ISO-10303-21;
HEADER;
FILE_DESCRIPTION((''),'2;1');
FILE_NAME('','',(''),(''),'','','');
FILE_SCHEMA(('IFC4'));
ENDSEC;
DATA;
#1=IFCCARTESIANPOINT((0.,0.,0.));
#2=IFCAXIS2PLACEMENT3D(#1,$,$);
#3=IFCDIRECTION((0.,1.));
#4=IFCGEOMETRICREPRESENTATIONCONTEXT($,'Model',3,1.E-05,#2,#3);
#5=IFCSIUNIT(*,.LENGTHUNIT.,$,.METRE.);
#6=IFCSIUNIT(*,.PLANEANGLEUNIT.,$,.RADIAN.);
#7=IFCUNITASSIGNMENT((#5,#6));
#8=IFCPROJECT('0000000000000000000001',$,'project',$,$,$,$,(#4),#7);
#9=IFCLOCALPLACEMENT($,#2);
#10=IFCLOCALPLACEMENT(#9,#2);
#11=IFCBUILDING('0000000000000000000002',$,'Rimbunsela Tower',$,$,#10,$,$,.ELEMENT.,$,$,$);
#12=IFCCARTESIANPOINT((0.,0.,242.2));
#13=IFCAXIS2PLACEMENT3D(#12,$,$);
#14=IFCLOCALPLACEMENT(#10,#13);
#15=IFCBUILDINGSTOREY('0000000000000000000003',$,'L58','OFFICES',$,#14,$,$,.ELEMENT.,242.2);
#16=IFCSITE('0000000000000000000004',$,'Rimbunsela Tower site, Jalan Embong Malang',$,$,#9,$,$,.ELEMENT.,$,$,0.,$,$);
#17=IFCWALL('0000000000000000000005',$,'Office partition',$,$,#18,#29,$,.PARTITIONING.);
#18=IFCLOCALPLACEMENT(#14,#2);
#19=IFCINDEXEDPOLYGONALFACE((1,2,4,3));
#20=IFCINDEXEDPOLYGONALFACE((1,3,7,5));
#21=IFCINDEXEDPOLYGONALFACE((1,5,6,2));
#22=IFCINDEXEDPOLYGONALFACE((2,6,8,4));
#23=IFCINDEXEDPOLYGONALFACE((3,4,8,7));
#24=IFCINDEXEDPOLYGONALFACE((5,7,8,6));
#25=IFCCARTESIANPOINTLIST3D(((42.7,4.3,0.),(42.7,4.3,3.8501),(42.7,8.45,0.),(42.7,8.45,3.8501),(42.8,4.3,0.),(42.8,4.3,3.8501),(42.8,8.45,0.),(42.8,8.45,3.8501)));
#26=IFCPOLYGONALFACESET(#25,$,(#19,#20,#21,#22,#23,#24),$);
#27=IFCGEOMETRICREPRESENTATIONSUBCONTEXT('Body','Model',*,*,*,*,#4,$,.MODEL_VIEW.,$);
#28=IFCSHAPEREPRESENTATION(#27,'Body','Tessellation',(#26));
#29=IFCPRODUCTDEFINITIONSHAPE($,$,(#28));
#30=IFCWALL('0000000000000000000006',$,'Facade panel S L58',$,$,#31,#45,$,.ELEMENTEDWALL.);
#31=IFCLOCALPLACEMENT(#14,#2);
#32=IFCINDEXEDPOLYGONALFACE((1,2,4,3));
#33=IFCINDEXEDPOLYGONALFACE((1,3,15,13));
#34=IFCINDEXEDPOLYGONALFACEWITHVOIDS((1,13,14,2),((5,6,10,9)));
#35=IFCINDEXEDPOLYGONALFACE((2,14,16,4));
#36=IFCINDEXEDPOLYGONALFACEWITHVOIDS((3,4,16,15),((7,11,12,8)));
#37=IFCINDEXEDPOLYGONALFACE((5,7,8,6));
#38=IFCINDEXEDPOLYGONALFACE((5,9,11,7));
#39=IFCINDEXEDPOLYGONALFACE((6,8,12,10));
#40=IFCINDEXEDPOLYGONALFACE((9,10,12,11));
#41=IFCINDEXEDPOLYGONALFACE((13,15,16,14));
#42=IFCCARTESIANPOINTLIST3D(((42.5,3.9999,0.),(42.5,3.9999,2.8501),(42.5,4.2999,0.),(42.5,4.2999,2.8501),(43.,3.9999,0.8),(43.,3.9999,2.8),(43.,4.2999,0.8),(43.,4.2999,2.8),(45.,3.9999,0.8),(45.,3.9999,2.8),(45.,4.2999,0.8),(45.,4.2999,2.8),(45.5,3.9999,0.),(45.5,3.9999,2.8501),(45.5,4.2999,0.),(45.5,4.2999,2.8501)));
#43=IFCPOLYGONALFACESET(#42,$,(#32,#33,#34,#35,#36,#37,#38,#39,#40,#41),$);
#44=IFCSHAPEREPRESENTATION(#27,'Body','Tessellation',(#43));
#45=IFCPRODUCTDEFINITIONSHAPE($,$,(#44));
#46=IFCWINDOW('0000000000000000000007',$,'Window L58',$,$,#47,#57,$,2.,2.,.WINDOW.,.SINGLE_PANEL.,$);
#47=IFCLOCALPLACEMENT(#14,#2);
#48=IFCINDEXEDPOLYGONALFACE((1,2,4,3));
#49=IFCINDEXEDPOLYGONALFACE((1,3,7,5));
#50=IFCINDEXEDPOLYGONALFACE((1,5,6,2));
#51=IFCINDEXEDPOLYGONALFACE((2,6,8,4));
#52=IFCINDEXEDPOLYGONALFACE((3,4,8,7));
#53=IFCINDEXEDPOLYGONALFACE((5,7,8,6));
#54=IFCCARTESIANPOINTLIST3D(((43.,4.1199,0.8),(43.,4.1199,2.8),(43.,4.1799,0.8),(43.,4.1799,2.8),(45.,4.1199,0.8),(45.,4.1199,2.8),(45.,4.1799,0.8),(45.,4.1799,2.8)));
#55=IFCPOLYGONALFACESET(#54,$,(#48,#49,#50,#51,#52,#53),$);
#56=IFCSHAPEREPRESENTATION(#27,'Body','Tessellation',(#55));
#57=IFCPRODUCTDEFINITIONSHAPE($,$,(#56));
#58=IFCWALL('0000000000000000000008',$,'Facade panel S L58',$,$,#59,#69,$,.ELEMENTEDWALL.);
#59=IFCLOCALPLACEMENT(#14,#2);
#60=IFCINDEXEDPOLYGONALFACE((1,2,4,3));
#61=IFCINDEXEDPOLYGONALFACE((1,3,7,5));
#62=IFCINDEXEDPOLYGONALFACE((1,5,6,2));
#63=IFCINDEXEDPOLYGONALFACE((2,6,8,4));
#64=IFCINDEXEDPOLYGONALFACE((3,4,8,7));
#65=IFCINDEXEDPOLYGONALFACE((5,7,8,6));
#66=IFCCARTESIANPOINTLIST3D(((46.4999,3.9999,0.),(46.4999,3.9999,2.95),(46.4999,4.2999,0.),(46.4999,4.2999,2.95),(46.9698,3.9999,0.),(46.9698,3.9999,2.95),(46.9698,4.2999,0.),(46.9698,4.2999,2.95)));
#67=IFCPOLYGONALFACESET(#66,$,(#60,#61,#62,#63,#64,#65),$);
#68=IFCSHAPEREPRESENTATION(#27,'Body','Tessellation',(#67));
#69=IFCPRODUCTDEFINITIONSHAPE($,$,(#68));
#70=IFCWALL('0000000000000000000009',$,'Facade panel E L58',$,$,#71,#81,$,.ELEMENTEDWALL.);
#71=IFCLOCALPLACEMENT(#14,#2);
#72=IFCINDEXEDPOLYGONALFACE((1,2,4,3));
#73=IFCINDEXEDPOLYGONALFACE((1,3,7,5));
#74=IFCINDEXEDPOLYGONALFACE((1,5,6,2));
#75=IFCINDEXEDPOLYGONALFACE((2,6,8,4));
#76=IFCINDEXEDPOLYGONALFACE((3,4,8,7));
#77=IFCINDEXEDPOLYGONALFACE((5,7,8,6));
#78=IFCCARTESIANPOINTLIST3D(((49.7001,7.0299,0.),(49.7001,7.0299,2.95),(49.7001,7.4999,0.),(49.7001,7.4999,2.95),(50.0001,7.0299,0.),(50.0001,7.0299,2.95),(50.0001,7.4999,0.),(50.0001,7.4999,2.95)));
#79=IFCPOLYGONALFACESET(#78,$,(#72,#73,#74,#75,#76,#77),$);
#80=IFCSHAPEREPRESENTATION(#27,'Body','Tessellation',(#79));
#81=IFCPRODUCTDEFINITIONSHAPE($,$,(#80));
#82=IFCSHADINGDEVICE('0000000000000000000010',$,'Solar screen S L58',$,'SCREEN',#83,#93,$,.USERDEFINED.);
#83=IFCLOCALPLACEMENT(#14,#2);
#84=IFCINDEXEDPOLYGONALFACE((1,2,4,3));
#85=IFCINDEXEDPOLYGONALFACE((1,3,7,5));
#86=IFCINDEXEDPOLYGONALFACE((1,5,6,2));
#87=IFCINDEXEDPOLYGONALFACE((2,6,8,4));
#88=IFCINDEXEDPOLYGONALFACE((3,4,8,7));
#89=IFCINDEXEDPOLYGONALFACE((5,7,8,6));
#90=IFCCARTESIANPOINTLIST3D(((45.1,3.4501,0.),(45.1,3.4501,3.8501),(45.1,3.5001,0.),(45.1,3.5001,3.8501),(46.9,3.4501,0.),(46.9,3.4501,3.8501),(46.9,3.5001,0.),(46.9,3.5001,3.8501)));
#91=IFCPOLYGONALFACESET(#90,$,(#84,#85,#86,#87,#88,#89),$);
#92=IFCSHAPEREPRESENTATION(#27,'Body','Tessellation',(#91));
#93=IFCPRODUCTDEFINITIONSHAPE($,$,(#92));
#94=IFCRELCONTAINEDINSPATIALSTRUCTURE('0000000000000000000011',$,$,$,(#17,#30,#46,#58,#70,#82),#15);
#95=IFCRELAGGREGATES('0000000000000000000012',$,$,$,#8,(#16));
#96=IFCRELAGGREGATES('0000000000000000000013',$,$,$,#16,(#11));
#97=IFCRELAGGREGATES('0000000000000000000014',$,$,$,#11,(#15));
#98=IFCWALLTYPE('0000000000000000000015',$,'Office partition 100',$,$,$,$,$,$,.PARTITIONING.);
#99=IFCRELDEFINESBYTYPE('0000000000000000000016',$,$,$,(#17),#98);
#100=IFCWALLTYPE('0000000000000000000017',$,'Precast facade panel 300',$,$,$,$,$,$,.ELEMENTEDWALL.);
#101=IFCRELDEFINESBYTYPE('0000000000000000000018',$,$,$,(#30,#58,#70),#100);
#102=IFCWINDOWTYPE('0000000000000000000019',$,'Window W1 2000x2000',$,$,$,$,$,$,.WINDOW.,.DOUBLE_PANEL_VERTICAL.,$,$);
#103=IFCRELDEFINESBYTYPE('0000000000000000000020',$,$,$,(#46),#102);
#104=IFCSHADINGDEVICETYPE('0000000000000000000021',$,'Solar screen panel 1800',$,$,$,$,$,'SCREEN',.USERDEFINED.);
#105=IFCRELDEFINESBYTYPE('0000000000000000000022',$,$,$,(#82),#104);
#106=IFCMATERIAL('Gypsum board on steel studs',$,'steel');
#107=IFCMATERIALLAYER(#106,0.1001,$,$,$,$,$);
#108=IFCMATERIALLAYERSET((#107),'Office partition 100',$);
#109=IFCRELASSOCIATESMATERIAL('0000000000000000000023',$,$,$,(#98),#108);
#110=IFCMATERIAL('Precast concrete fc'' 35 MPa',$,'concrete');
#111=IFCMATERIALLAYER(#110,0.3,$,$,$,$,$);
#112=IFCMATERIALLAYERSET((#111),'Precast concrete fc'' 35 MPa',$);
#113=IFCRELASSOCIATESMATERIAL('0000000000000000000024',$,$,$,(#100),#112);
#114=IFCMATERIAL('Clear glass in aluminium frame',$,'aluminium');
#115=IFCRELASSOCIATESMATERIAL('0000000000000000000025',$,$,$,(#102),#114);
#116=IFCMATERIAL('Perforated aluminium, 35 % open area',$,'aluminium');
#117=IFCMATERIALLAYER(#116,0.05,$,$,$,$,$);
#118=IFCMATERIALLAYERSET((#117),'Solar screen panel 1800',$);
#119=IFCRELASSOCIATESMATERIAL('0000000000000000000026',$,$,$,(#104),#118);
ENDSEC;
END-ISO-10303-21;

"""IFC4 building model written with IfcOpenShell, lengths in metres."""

from ifc_helpers import new_model, si_unit, direction, frame, frame_2d, origin, origin_2d, place, context, subcontext, project, spatial, rectangle, extrude, material, layer, layer_set, type_object, element, fill, save


model = new_model("IFC4")

# Units and contexts
model_context = context("Model", 3, precision=1e-05, world=origin(), true_north=direction((0.0, 1.0)))
body_context = subcontext(model_context, "Body", "Model", "MODEL_VIEW")
ifc_project = project(units=[si_unit("LENGTHUNIT", "METRE"), si_unit("PLANEANGLEUNIT", "RADIAN")], contexts=[model_context])

# Site, building, storey
site_placement = place(None, origin())
site = spatial("IfcSite", under=ifc_project, at=site_placement, Name="Rimbunsela Tower site, Jalan Embong Malang", CompositionType="ELEMENT", RefElevation=0.0)
building_placement = place(site_placement, origin())
building = spatial("IfcBuilding", under=site, at=building_placement, Name="Rimbunsela Tower", CompositionType="ELEMENT")
storey_placement = place(building_placement, frame((0.0, 0.0, 242.2)))
storey = spatial("IfcBuildingStorey", under=building, at=storey_placement, Name="L58", Description="OFFICES", CompositionType="ELEMENT", Elevation=242.2)

# Wall
ifc_material_1 = material(Name="Gypsum board on steel studs", Category="steel")
ifc_layer_1 = layer(ifc_material_1, 0.1001)
ifc_layer_set_1 = layer_set([ifc_layer_1], Name="Office partition 100")
wall_type_1 = type_object("IfcWallType", Name="Office partition 100", PredefinedType="PARTITIONING", material=ifc_layer_set_1)
wall_1_placement = place(storey_placement, frame((42.75, 4.3, 0.0), z_axis=(0.0, 0.0, 1.0), x_axis=(0.0, 1.0, 0.0)))
element("IfcWall", 1, at=wall_1_placement, inside=storey, type_object=wall_type_1, Name="Office partition", PredefinedType="PARTITIONING", context=body_context, shape_type="SweptSolid", body=[
    extrude(rectangle(XDim=4.1499, YDim=0.1001, at=frame_2d((2.075, 0.0))), origin(), (0.0, 0.0, 1.0), 3.8501),
])

# Wall, opening, window
ifc_material_2 = material(Name="Precast concrete fc' 35 MPa", Category="concrete")
ifc_layer_2 = layer(ifc_material_2, 0.3)
ifc_layer_set_2 = layer_set([ifc_layer_2], Name="Precast concrete fc' 35 MPa")
wall_type_2 = type_object("IfcWallType", Name="Precast facade panel 300", PredefinedType="ELEMENTEDWALL", material=ifc_layer_set_2)
wall_2_placement = place(storey_placement, frame((42.5, 4.1499, 0.0), z_axis=(0.0, 0.0, 1.0), x_axis=(1.0, 0.0, 0.0)))
wall_2 = element("IfcWall", 2, at=wall_2_placement, inside=storey, type_object=wall_type_2, Name="Facade panel S L58", PredefinedType="ELEMENTEDWALL", context=body_context, shape_type="SweptSolid", body=[
    extrude(rectangle(XDim=3.0, YDim=0.3, at=frame_2d((1.5, 0.0))), origin(), (0.0, 0.0, 1.0), 2.8501),
])
opening_placement = place(wall_2_placement, frame((0.5, 0.0, 0.8)))
opening = element("IfcOpeningElement", 3, at=opening_placement, cuts=wall_2, PredefinedType="OPENING", context=body_context, shape_type="SweptSolid", body=[
    extrude(rectangle(XDim=2.0, YDim=2.0, at=frame_2d((1.0, 1.0))), frame((0.0, 0.1599, 0.0), z_axis=(0.0, -1.0, 0.0), x_axis=(1.0, 0.0, 0.0)), (0.0, 0.0, 1.0), 0.3201),
])
ifc_material_3 = material(Name="Clear glass in aluminium frame", Category="aluminium")
window_type = type_object("IfcWindowType", Name="Window W1 2000x2000", PartitioningType="DOUBLE_PANEL_VERTICAL", PredefinedType="WINDOW", material=ifc_material_3)
window_placement = place(opening_placement, origin())
window = element("IfcWindow", 4, at=window_placement, inside=storey, type_object=window_type, Name="Window L58", OverallHeight=2.0, OverallWidth=2.0, PartitioningType="SINGLE_PANEL", PredefinedType="WINDOW", context=body_context, shape_type="SweptSolid", body=[
    extrude(rectangle(XDim=2.0, YDim=2.0, at=frame_2d((1.0, 1.0))), frame((0.0, 0.03, 0.0), z_axis=(0.0, -1.0, 0.0), x_axis=(1.0, 0.0, 0.0)), (0.0, 0.0, 1.0), 0.0601),
])
fill(opening, window)

# Walls
for number, where, z_axis, x_axis, name in (
    (5, (46.5, 4.1499, 0.0), (0.0, 0.0, 1.0), (1.0, 0.0, 0.0), "Facade panel S L58"),
    (6, (49.8501, 7.03, 0.0), (0.0, 0.0, 1.0), (0.0, 1.0, 0.0), "Facade panel E L58"),
):
    element("IfcWall", number, at=place(storey_placement, frame(where, z_axis=z_axis, x_axis=x_axis)), inside=storey, type_object=wall_type_2, Name=name, PredefinedType="ELEMENTEDWALL", context=body_context, shape_type="SweptSolid", body=[
        extrude(rectangle(XDim=0.47, YDim=0.3, at=frame_2d((0.2349, 0.0))), origin(), (0.0, 0.0, 1.0), 2.95),
    ])

# Shading device
ifc_material_4 = material(Name="Perforated aluminium, 35 % open area", Category="aluminium")
ifc_layer_3 = layer(ifc_material_4, 0.05)
ifc_layer_set_3 = layer_set([ifc_layer_3], Name="Solar screen panel 1800")
shading_device_type = type_object("IfcShadingDeviceType", Name="Solar screen panel 1800", ElementType="SCREEN", PredefinedType="USERDEFINED", material=ifc_layer_set_3)
shading_device_placement = place(storey_placement, frame((46.0, 3.4751, 0.0), z_axis=(0.0, 0.0, 1.0), x_axis=(1.0, 0.0, 0.0)))
element("IfcShadingDevice", 7, at=shading_device_placement, inside=storey, type_object=shading_device_type, Name="Solar screen S L58", ObjectType="SCREEN", PredefinedType="USERDEFINED", context=body_context, shape_type="SweptSolid", body=[
    extrude(rectangle(XDim=1.8, YDim=0.05, at=origin_2d()), origin(), (0.0, 0.0, 1.0), 3.8501),
])

save(model, "model.ifc")
